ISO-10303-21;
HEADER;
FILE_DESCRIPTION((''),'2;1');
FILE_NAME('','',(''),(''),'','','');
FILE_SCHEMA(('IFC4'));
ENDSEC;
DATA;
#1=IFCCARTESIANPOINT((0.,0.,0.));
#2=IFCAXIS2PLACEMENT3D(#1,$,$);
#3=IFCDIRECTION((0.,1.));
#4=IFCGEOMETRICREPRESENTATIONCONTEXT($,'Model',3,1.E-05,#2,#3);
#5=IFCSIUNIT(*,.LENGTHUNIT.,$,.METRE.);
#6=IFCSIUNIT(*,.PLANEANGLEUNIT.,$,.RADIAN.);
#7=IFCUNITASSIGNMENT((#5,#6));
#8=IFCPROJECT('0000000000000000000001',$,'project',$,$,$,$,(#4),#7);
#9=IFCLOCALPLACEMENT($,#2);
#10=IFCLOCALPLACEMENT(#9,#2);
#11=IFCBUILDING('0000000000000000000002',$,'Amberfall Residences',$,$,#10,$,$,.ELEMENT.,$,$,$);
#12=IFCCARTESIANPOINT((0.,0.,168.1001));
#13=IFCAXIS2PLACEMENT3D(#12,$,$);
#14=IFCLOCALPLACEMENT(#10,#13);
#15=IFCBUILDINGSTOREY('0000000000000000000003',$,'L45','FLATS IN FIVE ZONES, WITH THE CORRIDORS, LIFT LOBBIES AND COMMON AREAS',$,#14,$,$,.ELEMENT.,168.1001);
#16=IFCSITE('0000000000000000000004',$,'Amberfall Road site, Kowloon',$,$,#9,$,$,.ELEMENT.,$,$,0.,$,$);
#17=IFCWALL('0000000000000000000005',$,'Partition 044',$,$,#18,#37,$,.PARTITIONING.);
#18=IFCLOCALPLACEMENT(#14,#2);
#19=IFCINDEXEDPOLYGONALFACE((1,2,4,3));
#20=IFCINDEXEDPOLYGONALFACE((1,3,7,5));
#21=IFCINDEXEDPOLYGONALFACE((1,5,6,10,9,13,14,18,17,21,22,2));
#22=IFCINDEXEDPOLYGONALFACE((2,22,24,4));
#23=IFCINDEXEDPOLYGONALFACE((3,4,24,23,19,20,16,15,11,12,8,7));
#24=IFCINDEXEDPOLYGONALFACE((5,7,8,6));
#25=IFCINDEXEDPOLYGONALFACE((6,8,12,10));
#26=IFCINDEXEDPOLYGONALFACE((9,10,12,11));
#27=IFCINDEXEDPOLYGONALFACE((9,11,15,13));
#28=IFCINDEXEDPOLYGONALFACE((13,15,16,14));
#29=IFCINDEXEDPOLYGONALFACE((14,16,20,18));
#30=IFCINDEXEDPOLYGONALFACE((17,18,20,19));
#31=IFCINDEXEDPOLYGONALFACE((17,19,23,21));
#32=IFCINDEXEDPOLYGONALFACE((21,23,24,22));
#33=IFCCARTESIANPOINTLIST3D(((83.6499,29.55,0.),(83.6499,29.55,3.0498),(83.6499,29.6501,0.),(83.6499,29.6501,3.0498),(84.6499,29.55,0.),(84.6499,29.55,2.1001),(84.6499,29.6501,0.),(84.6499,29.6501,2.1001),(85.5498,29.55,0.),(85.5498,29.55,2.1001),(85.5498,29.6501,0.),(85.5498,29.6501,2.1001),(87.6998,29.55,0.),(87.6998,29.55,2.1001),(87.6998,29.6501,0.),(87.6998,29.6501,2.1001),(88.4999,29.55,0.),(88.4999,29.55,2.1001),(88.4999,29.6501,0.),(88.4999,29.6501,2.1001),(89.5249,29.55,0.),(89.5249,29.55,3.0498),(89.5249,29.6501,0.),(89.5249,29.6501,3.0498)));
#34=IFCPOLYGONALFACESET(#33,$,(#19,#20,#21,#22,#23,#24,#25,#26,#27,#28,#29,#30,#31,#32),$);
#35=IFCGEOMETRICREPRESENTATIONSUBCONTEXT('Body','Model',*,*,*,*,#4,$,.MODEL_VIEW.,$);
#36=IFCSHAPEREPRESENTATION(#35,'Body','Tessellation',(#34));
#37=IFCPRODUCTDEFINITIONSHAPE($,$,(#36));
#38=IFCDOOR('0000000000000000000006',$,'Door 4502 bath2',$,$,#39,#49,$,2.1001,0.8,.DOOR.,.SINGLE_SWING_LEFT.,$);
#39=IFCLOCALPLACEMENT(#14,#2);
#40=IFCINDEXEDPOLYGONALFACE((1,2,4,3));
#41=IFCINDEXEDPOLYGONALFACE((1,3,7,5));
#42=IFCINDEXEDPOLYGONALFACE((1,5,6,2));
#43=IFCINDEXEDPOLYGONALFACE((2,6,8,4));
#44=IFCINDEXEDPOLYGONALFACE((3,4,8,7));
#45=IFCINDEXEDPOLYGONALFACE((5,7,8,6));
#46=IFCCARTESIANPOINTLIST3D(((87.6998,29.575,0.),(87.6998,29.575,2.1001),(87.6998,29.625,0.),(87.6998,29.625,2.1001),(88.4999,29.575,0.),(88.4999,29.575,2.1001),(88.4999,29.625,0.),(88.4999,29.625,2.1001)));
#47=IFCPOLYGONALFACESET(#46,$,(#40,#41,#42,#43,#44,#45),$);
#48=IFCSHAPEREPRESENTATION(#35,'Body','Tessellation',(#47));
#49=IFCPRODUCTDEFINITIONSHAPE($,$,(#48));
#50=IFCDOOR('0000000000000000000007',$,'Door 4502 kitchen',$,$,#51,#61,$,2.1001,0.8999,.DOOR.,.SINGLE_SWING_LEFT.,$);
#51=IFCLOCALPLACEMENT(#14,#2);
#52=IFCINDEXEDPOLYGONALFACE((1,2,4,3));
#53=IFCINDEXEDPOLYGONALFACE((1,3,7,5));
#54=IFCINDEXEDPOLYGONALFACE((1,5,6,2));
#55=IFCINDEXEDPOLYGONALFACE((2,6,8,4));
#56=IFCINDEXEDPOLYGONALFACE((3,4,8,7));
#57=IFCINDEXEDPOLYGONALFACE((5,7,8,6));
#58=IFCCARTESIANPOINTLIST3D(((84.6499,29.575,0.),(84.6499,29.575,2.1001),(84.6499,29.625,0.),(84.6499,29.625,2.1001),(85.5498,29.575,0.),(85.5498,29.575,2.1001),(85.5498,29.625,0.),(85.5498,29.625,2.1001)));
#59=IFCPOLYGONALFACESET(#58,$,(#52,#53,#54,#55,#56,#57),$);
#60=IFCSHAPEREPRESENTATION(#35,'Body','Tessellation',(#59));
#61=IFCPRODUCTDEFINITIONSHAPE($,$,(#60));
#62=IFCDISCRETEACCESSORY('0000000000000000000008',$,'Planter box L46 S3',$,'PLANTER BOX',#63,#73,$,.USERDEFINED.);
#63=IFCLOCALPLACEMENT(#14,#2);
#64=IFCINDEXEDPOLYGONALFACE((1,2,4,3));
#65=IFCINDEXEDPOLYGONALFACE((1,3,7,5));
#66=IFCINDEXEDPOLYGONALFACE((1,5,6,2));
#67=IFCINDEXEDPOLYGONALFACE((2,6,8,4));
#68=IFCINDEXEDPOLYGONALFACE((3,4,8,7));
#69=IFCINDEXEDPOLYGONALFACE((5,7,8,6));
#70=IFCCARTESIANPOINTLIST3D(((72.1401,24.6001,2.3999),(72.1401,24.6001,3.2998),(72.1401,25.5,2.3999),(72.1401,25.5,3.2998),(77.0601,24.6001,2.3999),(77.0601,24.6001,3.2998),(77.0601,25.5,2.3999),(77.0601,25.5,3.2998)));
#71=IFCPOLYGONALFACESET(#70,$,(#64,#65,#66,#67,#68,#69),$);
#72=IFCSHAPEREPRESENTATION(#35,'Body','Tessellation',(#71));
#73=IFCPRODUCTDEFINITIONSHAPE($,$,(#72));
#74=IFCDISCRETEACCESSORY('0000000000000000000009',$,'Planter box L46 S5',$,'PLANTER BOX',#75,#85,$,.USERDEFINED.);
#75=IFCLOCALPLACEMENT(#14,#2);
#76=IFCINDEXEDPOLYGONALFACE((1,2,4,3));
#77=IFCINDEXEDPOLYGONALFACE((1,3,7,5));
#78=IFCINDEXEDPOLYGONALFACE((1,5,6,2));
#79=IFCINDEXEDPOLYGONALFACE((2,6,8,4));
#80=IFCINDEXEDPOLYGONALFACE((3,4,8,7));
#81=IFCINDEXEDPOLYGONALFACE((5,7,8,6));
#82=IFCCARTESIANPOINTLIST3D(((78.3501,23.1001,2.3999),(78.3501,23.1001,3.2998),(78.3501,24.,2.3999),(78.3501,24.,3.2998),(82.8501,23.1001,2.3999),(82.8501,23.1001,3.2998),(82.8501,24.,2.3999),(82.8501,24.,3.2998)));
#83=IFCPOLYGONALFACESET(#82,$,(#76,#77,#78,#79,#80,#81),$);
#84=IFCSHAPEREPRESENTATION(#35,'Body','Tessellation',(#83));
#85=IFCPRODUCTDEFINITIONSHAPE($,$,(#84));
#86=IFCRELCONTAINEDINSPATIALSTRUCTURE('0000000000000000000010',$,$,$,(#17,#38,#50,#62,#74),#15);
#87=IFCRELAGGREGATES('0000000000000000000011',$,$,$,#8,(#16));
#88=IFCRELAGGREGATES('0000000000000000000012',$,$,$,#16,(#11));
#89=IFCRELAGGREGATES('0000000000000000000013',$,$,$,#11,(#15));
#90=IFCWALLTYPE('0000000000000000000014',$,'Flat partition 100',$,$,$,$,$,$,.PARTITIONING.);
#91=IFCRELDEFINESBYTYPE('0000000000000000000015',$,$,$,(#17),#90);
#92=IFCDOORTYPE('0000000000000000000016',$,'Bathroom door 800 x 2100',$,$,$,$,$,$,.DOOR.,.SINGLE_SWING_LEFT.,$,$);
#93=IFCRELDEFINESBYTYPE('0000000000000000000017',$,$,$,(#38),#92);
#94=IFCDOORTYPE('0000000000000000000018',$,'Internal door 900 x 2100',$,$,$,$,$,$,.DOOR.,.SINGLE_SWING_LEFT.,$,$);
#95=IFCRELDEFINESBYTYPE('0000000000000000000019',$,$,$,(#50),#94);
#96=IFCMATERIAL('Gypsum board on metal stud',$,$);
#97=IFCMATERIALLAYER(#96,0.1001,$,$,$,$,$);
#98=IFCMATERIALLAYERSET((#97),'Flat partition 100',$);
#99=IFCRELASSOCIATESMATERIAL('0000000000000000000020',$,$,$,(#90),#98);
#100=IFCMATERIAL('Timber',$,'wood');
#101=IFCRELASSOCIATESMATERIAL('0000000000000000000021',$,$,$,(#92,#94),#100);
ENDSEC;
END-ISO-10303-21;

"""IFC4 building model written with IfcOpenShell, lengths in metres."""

from ifc_helpers import new_model, si_unit, direction, frame, frame_2d, origin, origin_2d, place, context, subcontext, project, spatial, rectangle, extrude, material, layer, layer_set, type_object, element, fill, save


model = new_model("IFC4")

# Units and contexts
model_context = context("Model", 3, precision=1e-05, world=origin(), true_north=direction((0.0, 1.0)))
body_context = subcontext(model_context, "Body", "Model", "MODEL_VIEW")
ifc_project = project(units=[si_unit("LENGTHUNIT", "METRE"), si_unit("PLANEANGLEUNIT", "RADIAN")], contexts=[model_context])

# Site, building, storey
site_placement = place(None, origin())
site = spatial("IfcSite", under=ifc_project, at=site_placement, Name="Amberfall Road site, Kowloon", CompositionType="ELEMENT", RefElevation=0.0)
building_placement = place(site_placement, origin())
building = spatial("IfcBuilding", under=site, at=building_placement, Name="Amberfall Residences", CompositionType="ELEMENT")
storey_placement = place(building_placement, frame((0.0, 0.0, 168.1001)))
storey = spatial("IfcBuildingStorey", under=building, at=storey_placement, Name="L45", Description="FLATS IN FIVE ZONES, WITH THE CORRIDORS, LIFT LOBBIES AND COMMON AREAS", CompositionType="ELEMENT", Elevation=168.1001)

# Shared definitions
ifc_material_1 = material(Name="Gypsum board on metal stud")
ifc_layer_1 = layer(ifc_material_1, 0.1001)
ifc_layer_set_1 = layer_set([ifc_layer_1], Name="Flat partition 100")
wall_type_1 = type_object("IfcWallType", Name="Flat partition 100", PredefinedType="PARTITIONING", material=ifc_layer_set_1)
ifc_material_2 = material(Name="Timber", Category="wood")
door_type_1 = type_object("IfcDoorType", Name="Bathroom door 800 x 2100", OperationType="SINGLE_SWING_LEFT", PredefinedType="DOOR", material=ifc_material_2)
door_type_2 = type_object("IfcDoorType", Name="Internal door 900 x 2100", OperationType="SINGLE_SWING_LEFT", PredefinedType="DOOR", material=ifc_material_2)

# Wall, openings, doors
wall_1_placement = place(storey_placement, frame((83.6499, 29.6001, 0.0), z_axis=(0.0, 0.0, 1.0), x_axis=(1.0, 0.0, 0.0)))
wall_1 = element("IfcWall", 1, at=wall_1_placement, inside=storey, type_object=wall_type_1, Name="Partition 044", PredefinedType="PARTITIONING", context=body_context, shape_type="SweptSolid", body=[
    extrude(rectangle(XDim=5.875, YDim=0.1001, at=frame_2d((2.9375, 0.0))), origin(), (0.0, 0.0, 1.0), 3.0498),
])
opening_1_placement = place(wall_1_placement, frame((1.0, 0.0, 0.0)))
opening_1 = element("IfcOpeningElement", 2, at=opening_1_placement, cuts=wall_1, PredefinedType="OPENING", context=body_context, shape_type="SweptSolid", body=[
    extrude(rectangle(XDim=0.8999, YDim=2.1001, at=frame_2d((0.45, 1.05))), frame((0.0, 0.0601, 0.0), z_axis=(0.0, -1.0, 0.0), x_axis=(1.0, 0.0, 0.0)), (0.0, 0.0, 1.0), 0.1201),
])
opening_2_placement = place(wall_1_placement, frame((4.05, 0.0, 0.0)))
opening_2 = element("IfcOpeningElement", 3, at=opening_2_placement, cuts=wall_1, PredefinedType="OPENING", context=body_context, shape_type="SweptSolid", body=[
    extrude(rectangle(XDim=0.8, YDim=2.1001, at=frame_2d((0.3999, 1.05))), frame((0.0, 0.0601, 0.0), z_axis=(0.0, -1.0, 0.0), x_axis=(1.0, 0.0, 0.0)), (0.0, 0.0, 1.0), 0.1201),
])
door_1_placement = place(opening_2_placement, origin())
door_1 = element("IfcDoor", 4, at=door_1_placement, inside=storey, type_object=door_type_1, Name="Door 4502 bath2", OperationType="SINGLE_SWING_LEFT", OverallHeight=2.1001, OverallWidth=0.8, PredefinedType="DOOR", context=body_context, shape_type="SweptSolid", body=[
    extrude(rectangle(XDim=0.8, YDim=2.1001, at=frame_2d((0.3999, 1.05))), frame((0.0, 0.0249, 0.0), z_axis=(0.0, -1.0, 0.0), x_axis=(1.0, 0.0, 0.0)), (0.0, 0.0, 1.0), 0.05),
])
fill(opening_2, door_1)
door_2_placement = place(opening_1_placement, origin())
door_2 = element("IfcDoor", 5, at=door_2_placement, inside=storey, type_object=door_type_2, Name="Door 4502 kitchen", OperationType="SINGLE_SWING_LEFT", OverallHeight=2.1001, OverallWidth=0.8999, PredefinedType="DOOR", context=body_context, shape_type="SweptSolid", body=[
    extrude(rectangle(XDim=0.8999, YDim=2.1001, at=frame_2d((0.45, 1.05))), frame((0.0, 0.0249, 0.0), z_axis=(0.0, -1.0, 0.0), x_axis=(1.0, 0.0, 0.0)), (0.0, 0.0, 1.0), 0.05),
])
fill(opening_1, door_2)

# Discrete accessories
discrete_accessory_1_placement = place(storey_placement, frame((74.6001, 25.05, 2.3999), z_axis=(0.0, 0.0, 1.0), x_axis=(1.0, 0.0, 0.0)))
element("IfcDiscreteAccessory", 6, at=discrete_accessory_1_placement, inside=storey, Name="Planter box L46 S3", ObjectType="PLANTER BOX", PredefinedType="USERDEFINED", context=body_context, shape_type="SweptSolid", body=[
    extrude(rectangle(XDim=4.9199, YDim=0.8999, at=origin_2d()), origin(), (0.0, 0.0, 1.0), 0.8999),
])
discrete_accessory_2_placement = place(storey_placement, frame((80.6001, 23.55, 2.3999), z_axis=(0.0, 0.0, 1.0), x_axis=(1.0, 0.0, 0.0)))
element("IfcDiscreteAccessory", 7, at=discrete_accessory_2_placement, inside=storey, Name="Planter box L46 S5", ObjectType="PLANTER BOX", PredefinedType="USERDEFINED", context=body_context, shape_type="SweptSolid", body=[
    extrude(rectangle(XDim=4.5, YDim=0.8999, at=origin_2d()), origin(), (0.0, 0.0, 1.0), 0.8999),
])

save(model, "model.ifc")
